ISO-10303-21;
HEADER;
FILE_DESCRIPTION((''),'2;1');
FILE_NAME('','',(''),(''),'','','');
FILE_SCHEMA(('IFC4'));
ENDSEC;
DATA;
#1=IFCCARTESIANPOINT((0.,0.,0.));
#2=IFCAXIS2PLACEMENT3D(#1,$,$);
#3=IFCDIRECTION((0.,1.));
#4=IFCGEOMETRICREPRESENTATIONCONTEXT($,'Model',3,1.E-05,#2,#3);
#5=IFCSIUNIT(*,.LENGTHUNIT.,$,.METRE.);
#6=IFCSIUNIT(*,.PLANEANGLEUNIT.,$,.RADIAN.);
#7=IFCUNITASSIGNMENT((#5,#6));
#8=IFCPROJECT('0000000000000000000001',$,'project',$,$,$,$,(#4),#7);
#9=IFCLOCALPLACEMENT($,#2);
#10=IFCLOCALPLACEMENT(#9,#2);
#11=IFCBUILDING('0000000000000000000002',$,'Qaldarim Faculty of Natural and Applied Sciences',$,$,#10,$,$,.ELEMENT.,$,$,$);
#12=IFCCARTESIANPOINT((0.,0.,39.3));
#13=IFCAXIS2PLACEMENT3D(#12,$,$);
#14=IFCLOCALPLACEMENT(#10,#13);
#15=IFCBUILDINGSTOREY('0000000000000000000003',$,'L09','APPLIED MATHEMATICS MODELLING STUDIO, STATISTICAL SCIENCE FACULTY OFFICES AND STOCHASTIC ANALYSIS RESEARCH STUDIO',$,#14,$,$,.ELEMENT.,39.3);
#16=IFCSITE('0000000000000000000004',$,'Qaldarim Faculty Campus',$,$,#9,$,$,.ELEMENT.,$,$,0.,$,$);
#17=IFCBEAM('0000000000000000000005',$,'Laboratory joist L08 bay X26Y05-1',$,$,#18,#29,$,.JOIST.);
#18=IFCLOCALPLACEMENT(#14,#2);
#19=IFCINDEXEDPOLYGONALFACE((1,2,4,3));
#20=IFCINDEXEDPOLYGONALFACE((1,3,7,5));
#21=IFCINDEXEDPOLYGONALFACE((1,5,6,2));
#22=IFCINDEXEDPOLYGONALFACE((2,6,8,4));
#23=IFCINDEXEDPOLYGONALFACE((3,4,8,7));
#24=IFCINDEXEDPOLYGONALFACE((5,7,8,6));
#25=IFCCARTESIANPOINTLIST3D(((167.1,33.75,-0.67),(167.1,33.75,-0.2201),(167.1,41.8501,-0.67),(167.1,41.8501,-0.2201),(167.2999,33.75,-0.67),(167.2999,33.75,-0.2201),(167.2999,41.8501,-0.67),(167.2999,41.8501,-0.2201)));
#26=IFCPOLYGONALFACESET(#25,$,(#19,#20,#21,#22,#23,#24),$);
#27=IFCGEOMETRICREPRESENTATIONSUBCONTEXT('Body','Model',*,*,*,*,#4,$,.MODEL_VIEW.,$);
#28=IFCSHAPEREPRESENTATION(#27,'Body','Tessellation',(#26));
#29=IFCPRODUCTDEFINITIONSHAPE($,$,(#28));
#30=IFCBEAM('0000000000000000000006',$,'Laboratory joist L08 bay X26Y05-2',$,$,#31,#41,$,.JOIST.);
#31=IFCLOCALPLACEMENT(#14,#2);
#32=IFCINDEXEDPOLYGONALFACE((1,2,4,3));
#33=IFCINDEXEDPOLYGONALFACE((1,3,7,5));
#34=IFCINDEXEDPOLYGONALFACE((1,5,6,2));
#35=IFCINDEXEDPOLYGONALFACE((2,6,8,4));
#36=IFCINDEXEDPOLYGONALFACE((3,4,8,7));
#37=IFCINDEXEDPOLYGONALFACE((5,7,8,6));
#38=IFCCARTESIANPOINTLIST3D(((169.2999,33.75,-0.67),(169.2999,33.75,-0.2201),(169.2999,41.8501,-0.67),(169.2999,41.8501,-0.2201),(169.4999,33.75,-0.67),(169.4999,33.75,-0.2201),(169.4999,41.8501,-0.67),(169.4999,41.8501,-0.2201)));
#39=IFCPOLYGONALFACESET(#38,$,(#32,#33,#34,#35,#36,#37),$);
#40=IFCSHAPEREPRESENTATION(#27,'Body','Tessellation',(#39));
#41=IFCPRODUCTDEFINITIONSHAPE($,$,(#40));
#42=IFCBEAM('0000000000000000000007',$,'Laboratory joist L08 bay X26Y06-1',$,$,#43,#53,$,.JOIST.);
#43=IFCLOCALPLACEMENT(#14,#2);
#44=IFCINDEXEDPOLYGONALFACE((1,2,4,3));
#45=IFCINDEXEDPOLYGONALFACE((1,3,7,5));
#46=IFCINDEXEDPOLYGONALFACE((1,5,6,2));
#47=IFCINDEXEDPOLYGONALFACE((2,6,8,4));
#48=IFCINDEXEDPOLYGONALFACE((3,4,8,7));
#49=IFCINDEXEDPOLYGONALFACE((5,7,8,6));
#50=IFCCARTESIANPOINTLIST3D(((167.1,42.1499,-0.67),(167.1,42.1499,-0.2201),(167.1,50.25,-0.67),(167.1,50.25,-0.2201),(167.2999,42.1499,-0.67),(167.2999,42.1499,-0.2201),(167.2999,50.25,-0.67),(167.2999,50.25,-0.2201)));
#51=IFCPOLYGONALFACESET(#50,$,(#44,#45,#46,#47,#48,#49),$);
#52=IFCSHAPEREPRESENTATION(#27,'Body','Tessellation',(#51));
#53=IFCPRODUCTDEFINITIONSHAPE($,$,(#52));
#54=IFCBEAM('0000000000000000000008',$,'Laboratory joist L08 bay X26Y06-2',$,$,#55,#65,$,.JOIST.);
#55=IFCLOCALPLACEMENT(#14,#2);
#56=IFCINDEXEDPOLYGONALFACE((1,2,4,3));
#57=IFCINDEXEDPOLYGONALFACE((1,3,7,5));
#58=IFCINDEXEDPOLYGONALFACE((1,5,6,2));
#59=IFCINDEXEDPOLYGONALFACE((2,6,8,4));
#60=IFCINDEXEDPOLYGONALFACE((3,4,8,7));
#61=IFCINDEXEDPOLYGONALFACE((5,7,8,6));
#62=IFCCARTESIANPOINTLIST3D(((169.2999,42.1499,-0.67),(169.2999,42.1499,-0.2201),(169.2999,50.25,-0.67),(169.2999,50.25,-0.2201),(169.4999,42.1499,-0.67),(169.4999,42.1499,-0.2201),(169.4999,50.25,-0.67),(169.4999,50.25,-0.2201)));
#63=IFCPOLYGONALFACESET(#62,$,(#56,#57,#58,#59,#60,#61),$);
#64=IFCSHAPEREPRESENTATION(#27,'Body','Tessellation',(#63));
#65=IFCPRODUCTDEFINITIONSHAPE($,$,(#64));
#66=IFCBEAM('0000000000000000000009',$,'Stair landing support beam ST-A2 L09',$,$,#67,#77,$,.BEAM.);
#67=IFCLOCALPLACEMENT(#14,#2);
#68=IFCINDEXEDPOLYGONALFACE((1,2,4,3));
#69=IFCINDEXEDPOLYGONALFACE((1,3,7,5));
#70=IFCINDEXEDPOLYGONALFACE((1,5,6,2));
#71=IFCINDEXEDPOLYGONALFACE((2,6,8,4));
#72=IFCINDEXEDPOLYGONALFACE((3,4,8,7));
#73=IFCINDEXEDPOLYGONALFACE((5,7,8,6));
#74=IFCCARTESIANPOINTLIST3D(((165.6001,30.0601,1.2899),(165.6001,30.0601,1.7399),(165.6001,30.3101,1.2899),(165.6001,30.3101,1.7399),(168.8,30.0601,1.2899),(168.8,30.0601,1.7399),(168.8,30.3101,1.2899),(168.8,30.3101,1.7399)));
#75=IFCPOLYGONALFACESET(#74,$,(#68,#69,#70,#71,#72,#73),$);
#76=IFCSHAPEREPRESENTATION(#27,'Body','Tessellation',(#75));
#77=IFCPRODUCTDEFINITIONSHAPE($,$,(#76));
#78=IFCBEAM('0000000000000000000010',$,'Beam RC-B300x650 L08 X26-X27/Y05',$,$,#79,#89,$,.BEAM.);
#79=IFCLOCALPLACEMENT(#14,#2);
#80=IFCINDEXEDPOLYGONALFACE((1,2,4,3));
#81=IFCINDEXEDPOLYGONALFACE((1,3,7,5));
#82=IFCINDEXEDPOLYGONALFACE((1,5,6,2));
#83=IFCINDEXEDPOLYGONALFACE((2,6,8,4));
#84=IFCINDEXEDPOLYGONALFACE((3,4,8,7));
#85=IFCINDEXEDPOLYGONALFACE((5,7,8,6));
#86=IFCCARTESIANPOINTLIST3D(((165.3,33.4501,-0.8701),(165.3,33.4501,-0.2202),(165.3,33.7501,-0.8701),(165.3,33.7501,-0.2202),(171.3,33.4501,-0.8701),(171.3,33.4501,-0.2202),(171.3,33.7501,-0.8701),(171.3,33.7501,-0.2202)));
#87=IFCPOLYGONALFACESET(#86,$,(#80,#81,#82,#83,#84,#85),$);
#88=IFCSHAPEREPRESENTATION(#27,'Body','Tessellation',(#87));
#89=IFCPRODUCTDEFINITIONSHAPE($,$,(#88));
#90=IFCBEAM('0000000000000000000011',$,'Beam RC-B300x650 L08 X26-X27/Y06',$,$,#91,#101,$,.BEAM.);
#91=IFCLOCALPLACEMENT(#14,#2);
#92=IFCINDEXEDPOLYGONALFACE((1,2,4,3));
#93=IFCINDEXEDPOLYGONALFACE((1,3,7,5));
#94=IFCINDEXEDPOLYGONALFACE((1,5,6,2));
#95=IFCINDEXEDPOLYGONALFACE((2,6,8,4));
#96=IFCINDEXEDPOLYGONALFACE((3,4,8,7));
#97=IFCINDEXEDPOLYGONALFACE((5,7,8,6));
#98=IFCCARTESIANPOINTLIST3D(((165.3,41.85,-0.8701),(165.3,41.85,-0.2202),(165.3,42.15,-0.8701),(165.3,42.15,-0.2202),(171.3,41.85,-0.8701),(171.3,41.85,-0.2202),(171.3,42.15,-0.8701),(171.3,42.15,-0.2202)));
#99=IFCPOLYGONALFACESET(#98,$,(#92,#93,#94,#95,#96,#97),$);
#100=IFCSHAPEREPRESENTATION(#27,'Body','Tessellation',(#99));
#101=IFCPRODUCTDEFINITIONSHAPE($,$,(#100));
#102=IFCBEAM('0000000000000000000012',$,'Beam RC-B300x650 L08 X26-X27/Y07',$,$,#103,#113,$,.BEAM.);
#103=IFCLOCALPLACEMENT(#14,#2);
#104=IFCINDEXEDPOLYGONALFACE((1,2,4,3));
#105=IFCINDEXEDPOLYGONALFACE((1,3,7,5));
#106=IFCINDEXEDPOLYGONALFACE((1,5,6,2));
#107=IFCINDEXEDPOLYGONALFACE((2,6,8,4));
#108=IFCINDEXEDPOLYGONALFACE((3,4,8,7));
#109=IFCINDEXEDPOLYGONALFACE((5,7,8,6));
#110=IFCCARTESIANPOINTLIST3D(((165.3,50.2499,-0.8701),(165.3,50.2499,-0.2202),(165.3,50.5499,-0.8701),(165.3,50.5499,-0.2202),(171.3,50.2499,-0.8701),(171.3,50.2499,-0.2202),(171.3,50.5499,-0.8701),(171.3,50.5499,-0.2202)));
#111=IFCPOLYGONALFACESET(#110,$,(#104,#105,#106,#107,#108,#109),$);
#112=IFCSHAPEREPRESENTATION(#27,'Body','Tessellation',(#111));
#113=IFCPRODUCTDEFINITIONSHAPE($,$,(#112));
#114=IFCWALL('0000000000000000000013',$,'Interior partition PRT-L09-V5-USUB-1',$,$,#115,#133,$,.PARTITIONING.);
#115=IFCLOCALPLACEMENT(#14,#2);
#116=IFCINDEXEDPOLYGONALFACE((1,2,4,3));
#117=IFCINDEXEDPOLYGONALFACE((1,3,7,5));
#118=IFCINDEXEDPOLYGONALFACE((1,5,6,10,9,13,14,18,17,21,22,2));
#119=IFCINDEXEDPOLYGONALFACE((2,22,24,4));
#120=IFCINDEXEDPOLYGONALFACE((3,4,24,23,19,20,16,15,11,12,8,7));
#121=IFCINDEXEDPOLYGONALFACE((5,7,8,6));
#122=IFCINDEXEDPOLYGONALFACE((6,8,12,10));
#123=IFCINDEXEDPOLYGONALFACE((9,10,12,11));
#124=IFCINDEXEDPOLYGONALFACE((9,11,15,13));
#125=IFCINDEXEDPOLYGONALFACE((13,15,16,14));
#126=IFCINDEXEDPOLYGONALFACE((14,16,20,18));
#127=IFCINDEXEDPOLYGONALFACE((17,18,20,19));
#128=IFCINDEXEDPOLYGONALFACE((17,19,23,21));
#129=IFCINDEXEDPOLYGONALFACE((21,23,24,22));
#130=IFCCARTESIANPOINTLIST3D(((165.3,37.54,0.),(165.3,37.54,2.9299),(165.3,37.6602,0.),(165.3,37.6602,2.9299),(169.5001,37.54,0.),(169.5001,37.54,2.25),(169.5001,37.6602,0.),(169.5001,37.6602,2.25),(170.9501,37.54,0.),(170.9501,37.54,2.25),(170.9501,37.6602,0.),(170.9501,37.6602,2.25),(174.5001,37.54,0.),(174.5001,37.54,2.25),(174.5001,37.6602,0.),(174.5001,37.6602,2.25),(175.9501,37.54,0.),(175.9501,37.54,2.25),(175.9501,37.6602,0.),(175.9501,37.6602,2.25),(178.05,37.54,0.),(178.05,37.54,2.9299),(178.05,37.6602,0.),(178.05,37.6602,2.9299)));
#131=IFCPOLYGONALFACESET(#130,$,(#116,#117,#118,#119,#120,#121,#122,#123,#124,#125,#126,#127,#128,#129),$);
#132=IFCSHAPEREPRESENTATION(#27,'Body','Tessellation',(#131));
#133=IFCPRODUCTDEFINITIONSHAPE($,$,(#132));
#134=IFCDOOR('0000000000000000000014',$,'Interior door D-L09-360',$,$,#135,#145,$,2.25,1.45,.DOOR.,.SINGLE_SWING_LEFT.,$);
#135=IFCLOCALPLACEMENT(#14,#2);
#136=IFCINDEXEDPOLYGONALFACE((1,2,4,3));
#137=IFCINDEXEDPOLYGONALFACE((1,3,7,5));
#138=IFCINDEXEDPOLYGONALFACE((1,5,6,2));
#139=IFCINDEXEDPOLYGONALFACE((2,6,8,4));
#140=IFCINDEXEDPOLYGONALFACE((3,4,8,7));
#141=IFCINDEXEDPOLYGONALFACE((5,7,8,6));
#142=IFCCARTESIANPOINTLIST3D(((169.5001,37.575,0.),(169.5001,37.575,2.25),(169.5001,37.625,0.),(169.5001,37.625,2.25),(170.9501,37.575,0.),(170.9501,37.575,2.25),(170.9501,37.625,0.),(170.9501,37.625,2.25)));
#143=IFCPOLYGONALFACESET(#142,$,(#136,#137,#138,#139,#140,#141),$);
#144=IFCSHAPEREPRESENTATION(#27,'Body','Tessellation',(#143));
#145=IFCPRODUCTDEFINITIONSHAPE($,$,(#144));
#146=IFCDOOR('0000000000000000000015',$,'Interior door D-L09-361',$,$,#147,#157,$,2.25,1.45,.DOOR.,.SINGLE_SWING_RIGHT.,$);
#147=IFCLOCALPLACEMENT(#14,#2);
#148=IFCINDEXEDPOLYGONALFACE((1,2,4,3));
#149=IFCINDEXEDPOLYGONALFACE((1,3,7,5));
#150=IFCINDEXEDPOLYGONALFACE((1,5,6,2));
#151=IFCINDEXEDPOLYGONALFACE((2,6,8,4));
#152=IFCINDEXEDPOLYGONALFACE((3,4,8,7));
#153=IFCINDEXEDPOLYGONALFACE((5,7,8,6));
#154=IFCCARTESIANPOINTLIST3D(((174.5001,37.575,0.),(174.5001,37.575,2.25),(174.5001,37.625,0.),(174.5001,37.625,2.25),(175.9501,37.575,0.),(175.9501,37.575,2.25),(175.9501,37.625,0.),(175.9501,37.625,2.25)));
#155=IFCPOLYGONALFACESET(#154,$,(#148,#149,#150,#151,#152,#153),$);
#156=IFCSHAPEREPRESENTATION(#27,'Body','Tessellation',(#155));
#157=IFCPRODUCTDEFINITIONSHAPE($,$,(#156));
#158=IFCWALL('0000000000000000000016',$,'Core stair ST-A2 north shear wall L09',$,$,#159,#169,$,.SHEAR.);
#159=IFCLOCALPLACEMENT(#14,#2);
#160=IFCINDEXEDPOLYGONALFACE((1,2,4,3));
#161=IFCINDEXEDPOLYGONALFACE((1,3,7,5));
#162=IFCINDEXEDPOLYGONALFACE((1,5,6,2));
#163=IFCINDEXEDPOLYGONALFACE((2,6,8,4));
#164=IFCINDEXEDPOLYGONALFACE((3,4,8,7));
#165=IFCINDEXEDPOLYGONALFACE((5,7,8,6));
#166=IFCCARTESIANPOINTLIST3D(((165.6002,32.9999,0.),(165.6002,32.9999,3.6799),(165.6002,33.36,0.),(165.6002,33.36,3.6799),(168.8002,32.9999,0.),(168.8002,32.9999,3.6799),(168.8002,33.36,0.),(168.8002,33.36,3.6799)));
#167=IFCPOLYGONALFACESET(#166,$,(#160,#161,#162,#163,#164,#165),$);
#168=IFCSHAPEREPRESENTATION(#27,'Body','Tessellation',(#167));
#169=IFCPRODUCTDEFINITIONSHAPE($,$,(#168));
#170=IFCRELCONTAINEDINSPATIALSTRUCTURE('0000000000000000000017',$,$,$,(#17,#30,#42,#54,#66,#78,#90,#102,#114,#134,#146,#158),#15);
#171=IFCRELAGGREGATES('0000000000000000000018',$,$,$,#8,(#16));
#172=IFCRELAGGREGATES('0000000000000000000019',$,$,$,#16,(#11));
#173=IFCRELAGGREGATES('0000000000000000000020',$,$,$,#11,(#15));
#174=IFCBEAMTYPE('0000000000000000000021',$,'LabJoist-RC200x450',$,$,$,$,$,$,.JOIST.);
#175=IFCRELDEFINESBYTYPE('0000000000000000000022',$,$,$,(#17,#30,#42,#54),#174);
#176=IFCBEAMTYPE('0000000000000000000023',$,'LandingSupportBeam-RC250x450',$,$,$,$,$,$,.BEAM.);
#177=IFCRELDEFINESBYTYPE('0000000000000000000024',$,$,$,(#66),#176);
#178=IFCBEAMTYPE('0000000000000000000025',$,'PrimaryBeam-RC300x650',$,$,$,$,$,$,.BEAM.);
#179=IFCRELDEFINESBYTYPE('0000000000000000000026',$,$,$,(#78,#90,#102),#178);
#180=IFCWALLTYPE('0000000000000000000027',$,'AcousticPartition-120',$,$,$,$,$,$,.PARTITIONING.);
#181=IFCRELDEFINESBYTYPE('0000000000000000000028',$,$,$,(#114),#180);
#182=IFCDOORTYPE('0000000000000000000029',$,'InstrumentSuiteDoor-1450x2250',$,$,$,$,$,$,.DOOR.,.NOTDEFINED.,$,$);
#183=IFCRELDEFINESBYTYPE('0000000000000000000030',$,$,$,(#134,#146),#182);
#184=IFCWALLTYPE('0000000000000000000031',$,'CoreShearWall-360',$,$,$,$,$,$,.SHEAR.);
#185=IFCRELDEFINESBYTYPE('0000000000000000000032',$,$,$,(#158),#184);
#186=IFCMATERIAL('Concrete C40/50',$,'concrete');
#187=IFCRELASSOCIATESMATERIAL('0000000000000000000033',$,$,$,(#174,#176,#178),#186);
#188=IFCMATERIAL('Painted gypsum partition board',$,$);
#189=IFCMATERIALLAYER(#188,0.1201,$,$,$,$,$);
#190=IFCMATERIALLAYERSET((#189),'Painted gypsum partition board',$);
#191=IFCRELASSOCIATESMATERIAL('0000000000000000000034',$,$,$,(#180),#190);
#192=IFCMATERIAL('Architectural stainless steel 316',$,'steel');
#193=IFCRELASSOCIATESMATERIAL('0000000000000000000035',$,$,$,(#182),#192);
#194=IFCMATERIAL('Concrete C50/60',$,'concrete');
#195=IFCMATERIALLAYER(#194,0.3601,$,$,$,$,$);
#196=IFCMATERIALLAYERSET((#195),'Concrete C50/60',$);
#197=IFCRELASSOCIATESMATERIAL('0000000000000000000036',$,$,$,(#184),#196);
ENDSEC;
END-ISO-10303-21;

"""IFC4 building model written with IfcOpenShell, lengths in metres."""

from ifc_helpers import new_model, si_unit, direction, frame, frame_2d, origin, origin_2d, place, context, subcontext, project, spatial, rectangle, extrude, material, layer, layer_set, material_profile, profile_set, type_object, element, fill, save


model = new_model("IFC4")

# Units and contexts
model_context = context("Model", 3, precision=1e-05, world=origin(), true_north=direction((0.0, 1.0)))
body_context = subcontext(model_context, "Body", "Model", "MODEL_VIEW")
ifc_project = project(units=[si_unit("LENGTHUNIT", "METRE"), si_unit("PLANEANGLEUNIT", "RADIAN")], contexts=[model_context])

# Site, building, storey
site_placement = place(None, origin())
site = spatial("IfcSite", under=ifc_project, at=site_placement, Name="Qaldarim Faculty Campus", CompositionType="ELEMENT", RefElevation=0.0)
building_placement = place(site_placement, origin())
building = spatial("IfcBuilding", under=site, at=building_placement, Name="Qaldarim Faculty of Natural and Applied Sciences", CompositionType="ELEMENT")
storey_placement = place(building_placement, frame((0.0, 0.0, 39.3)))
storey = spatial("IfcBuildingStorey", under=building, at=storey_placement, Name="L09", Description="APPLIED MATHEMATICS MODELLING STUDIO, STATISTICAL SCIENCE FACULTY OFFICES AND STOCHASTIC ANALYSIS RESEARCH STUDIO", CompositionType="ELEMENT", Elevation=39.3)

# Beams
ifc_material_1 = material(Name="Concrete C40/50", Category="concrete")
ifc_material_profile_1 = material_profile(ifc_material_1, rectangle(XDim=0.2, YDim=0.45, at=origin_2d()), Name="RC-J200x450")
ifc_profile_set_1 = profile_set([ifc_material_profile_1], Name="Concrete C40/50")
beam_type_1 = type_object("IfcBeamType", Name="LabJoist-RC200x450", PredefinedType="JOIST", material=ifc_profile_set_1)
for number, where, z_axis, x_axis, name in (
    (1, (167.2, 33.75, -0.4451), (0.0, 1.0, 0.0), (-1.0, 0.0, 0.0), "Laboratory joist L08 bay X26Y05-1"),
    (2, (169.3999, 33.75, -0.4451), (0.0, 1.0, 0.0), (-1.0, 0.0, 0.0), "Laboratory joist L08 bay X26Y05-2"),
    (3, (167.2, 42.1499, -0.4451), (0.0, 1.0, 0.0), (-1.0, 0.0, 0.0), "Laboratory joist L08 bay X26Y06-1"),
    (4, (169.3999, 42.1499, -0.4451), (0.0, 1.0, 0.0), (-1.0, 0.0, 0.0), "Laboratory joist L08 bay X26Y06-2"),
):
    element("IfcBeam", number, at=place(storey_placement, frame(where, z_axis=z_axis, x_axis=x_axis)), inside=storey, type_object=beam_type_1, Name=name, PredefinedType="JOIST", context=body_context, shape_type="SweptSolid", body=[
        extrude(rectangle(XDim=0.2, YDim=0.45, at=origin_2d()), origin(), (0.0, 0.0, 1.0), 8.1001),
    ])
ifc_material_profile_2 = material_profile(ifc_material_1, rectangle(XDim=0.25, YDim=0.45, at=origin_2d()), Name="RC-LN250x450")
ifc_profile_set_2 = profile_set([ifc_material_profile_2], Name="Concrete C40/50")
beam_type_2 = type_object("IfcBeamType", Name="LandingSupportBeam-RC250x450", PredefinedType="BEAM", material=ifc_profile_set_2)
beam_placement = place(storey_placement, frame((165.6001, 30.1851, 1.5149), z_axis=(1.0, 0.0, 0.0), x_axis=(0.0, 1.0, 0.0)))
element("IfcBeam", 5, at=beam_placement, inside=storey, type_object=beam_type_2, Name="Stair landing support beam ST-A2 L09", PredefinedType="BEAM", context=body_context, shape_type="SweptSolid", body=[
    extrude(rectangle(XDim=0.25, YDim=0.45, at=origin_2d()), origin(), (0.0, 0.0, 1.0), 3.2),
])
ifc_material_profile_3 = material_profile(ifc_material_1, rectangle(XDim=0.3, YDim=0.6499, at=origin_2d()), Name="RC-B300x650")
ifc_profile_set_3 = profile_set([ifc_material_profile_3], Name="Concrete C40/50")
beam_type_3 = type_object("IfcBeamType", Name="PrimaryBeam-RC300x650", PredefinedType="BEAM", material=ifc_profile_set_3)
for number, where, z_axis, x_axis, name in (
    (6, (165.3, 33.6001, -0.5452), (1.0, 0.0, 0.0), (0.0, 1.0, 0.0), "Beam RC-B300x650 L08 X26-X27/Y05"),
    (7, (165.3, 42.0, -0.5452), (1.0, 0.0, 0.0), (0.0, 1.0, 0.0), "Beam RC-B300x650 L08 X26-X27/Y06"),
    (8, (165.3, 50.3999, -0.5452), (1.0, 0.0, 0.0), (0.0, 1.0, 0.0), "Beam RC-B300x650 L08 X26-X27/Y07"),
):
    element("IfcBeam", number, at=place(storey_placement, frame(where, z_axis=z_axis, x_axis=x_axis)), inside=storey, type_object=beam_type_3, Name=name, PredefinedType="BEAM", context=body_context, shape_type="SweptSolid", body=[
        extrude(rectangle(XDim=0.3, YDim=0.6499, at=origin_2d()), origin(), (0.0, 0.0, 1.0), 6.0),
    ])

# Wall, openings, doors
ifc_material_2 = material(Name="Painted gypsum partition board")
ifc_layer_1 = layer(ifc_material_2, 0.1201)
ifc_layer_set_1 = layer_set([ifc_layer_1], Name="Painted gypsum partition board")
wall_type_1 = type_object("IfcWallType", Name="AcousticPartition-120", PredefinedType="PARTITIONING", material=ifc_layer_set_1)
wall_1_placement = place(storey_placement, frame((165.3, 37.6001, 0.0), z_axis=(0.0, 0.0, 1.0), x_axis=(1.0, 0.0, 0.0)))
wall_1 = element("IfcWall", 9, at=wall_1_placement, inside=storey, type_object=wall_type_1, Name="Interior partition PRT-L09-V5-USUB-1", PredefinedType="PARTITIONING", context=body_context, shape_type="SweptSolid", body=[
    extrude(rectangle(XDim=12.75, YDim=0.1201, at=frame_2d((6.375, 0.0))), origin(), (0.0, 0.0, 1.0), 2.9299),
])
opening_1_placement = place(wall_1_placement, frame((4.2, 0.0, 0.0)))
opening_1 = element("IfcOpeningElement", 10, at=opening_1_placement, cuts=wall_1, PredefinedType="OPENING", context=body_context, shape_type="SweptSolid", body=[
    extrude(rectangle(XDim=1.45, YDim=2.25, at=frame_2d((0.7251, 1.125))), frame((0.0, 0.0701, 0.0), z_axis=(0.0, -1.0, 0.0), x_axis=(1.0, 0.0, 0.0)), (0.0, 0.0, 1.0), 0.1401),
])
opening_2_placement = place(wall_1_placement, frame((9.2, 0.0, 0.0)))
opening_2 = element("IfcOpeningElement", 11, at=opening_2_placement, cuts=wall_1, PredefinedType="OPENING", context=body_context, shape_type="SweptSolid", body=[
    extrude(rectangle(XDim=1.45, YDim=2.25, at=frame_2d((0.7251, 1.125))), frame((0.0, 0.0701, 0.0), z_axis=(0.0, -1.0, 0.0), x_axis=(1.0, 0.0, 0.0)), (0.0, 0.0, 1.0), 0.1401),
])
ifc_material_3 = material(Name="Architectural stainless steel 316", Category="steel")
door_type_1 = type_object("IfcDoorType", Name="InstrumentSuiteDoor-1450x2250", OperationType="NOTDEFINED", PredefinedType="DOOR", material=ifc_material_3)
door_1_placement = place(opening_1_placement, origin())
door_1 = element("IfcDoor", 12, at=door_1_placement, inside=storey, type_object=door_type_1, Name="Interior door D-L09-360", OperationType="SINGLE_SWING_LEFT", OverallHeight=2.25, OverallWidth=1.45, PredefinedType="DOOR", context=body_context, shape_type="SweptSolid", body=[
    extrude(rectangle(XDim=1.45, YDim=2.25, at=frame_2d((0.7251, 1.125))), frame((0.0, 0.0249, 0.0), z_axis=(0.0, -1.0, 0.0), x_axis=(1.0, 0.0, 0.0)), (0.0, 0.0, 1.0), 0.05),
])
fill(opening_1, door_1)
door_2_placement = place(opening_2_placement, origin())
door_2 = element("IfcDoor", 13, at=door_2_placement, inside=storey, type_object=door_type_1, Name="Interior door D-L09-361", OperationType="SINGLE_SWING_RIGHT", OverallHeight=2.25, OverallWidth=1.45, PredefinedType="DOOR", context=body_context, shape_type="SweptSolid", body=[
    extrude(rectangle(XDim=1.45, YDim=2.25, at=frame_2d((0.7251, 1.125))), frame((0.0, 0.0249, 0.0), z_axis=(0.0, -1.0, 0.0), x_axis=(1.0, 0.0, 0.0)), (0.0, 0.0, 1.0), 0.05),
])
fill(opening_2, door_2)

# Wall
ifc_material_4 = material(Name="Concrete C50/60", Category="concrete")
ifc_layer_2 = layer(ifc_material_4, 0.3601)
ifc_layer_set_2 = layer_set([ifc_layer_2], Name="Concrete C50/60")
wall_type_2 = type_object("IfcWallType", Name="CoreShearWall-360", PredefinedType="SHEAR", material=ifc_layer_set_2)
wall_2_placement = place(storey_placement, frame((165.6001, 33.1799, 0.0), z_axis=(0.0, 0.0, 1.0), x_axis=(1.0, 0.0, 0.0)))
element("IfcWall", 14, at=wall_2_placement, inside=storey, type_object=wall_type_2, Name="Core stair ST-A2 north shear wall L09", PredefinedType="SHEAR", context=body_context, shape_type="SweptSolid", body=[
    extrude(rectangle(XDim=3.2, YDim=0.3601, at=frame_2d((1.6001, 0.0))), origin(), (0.0, 0.0, 1.0), 3.6799),
])

save(model, "model.ifc")
